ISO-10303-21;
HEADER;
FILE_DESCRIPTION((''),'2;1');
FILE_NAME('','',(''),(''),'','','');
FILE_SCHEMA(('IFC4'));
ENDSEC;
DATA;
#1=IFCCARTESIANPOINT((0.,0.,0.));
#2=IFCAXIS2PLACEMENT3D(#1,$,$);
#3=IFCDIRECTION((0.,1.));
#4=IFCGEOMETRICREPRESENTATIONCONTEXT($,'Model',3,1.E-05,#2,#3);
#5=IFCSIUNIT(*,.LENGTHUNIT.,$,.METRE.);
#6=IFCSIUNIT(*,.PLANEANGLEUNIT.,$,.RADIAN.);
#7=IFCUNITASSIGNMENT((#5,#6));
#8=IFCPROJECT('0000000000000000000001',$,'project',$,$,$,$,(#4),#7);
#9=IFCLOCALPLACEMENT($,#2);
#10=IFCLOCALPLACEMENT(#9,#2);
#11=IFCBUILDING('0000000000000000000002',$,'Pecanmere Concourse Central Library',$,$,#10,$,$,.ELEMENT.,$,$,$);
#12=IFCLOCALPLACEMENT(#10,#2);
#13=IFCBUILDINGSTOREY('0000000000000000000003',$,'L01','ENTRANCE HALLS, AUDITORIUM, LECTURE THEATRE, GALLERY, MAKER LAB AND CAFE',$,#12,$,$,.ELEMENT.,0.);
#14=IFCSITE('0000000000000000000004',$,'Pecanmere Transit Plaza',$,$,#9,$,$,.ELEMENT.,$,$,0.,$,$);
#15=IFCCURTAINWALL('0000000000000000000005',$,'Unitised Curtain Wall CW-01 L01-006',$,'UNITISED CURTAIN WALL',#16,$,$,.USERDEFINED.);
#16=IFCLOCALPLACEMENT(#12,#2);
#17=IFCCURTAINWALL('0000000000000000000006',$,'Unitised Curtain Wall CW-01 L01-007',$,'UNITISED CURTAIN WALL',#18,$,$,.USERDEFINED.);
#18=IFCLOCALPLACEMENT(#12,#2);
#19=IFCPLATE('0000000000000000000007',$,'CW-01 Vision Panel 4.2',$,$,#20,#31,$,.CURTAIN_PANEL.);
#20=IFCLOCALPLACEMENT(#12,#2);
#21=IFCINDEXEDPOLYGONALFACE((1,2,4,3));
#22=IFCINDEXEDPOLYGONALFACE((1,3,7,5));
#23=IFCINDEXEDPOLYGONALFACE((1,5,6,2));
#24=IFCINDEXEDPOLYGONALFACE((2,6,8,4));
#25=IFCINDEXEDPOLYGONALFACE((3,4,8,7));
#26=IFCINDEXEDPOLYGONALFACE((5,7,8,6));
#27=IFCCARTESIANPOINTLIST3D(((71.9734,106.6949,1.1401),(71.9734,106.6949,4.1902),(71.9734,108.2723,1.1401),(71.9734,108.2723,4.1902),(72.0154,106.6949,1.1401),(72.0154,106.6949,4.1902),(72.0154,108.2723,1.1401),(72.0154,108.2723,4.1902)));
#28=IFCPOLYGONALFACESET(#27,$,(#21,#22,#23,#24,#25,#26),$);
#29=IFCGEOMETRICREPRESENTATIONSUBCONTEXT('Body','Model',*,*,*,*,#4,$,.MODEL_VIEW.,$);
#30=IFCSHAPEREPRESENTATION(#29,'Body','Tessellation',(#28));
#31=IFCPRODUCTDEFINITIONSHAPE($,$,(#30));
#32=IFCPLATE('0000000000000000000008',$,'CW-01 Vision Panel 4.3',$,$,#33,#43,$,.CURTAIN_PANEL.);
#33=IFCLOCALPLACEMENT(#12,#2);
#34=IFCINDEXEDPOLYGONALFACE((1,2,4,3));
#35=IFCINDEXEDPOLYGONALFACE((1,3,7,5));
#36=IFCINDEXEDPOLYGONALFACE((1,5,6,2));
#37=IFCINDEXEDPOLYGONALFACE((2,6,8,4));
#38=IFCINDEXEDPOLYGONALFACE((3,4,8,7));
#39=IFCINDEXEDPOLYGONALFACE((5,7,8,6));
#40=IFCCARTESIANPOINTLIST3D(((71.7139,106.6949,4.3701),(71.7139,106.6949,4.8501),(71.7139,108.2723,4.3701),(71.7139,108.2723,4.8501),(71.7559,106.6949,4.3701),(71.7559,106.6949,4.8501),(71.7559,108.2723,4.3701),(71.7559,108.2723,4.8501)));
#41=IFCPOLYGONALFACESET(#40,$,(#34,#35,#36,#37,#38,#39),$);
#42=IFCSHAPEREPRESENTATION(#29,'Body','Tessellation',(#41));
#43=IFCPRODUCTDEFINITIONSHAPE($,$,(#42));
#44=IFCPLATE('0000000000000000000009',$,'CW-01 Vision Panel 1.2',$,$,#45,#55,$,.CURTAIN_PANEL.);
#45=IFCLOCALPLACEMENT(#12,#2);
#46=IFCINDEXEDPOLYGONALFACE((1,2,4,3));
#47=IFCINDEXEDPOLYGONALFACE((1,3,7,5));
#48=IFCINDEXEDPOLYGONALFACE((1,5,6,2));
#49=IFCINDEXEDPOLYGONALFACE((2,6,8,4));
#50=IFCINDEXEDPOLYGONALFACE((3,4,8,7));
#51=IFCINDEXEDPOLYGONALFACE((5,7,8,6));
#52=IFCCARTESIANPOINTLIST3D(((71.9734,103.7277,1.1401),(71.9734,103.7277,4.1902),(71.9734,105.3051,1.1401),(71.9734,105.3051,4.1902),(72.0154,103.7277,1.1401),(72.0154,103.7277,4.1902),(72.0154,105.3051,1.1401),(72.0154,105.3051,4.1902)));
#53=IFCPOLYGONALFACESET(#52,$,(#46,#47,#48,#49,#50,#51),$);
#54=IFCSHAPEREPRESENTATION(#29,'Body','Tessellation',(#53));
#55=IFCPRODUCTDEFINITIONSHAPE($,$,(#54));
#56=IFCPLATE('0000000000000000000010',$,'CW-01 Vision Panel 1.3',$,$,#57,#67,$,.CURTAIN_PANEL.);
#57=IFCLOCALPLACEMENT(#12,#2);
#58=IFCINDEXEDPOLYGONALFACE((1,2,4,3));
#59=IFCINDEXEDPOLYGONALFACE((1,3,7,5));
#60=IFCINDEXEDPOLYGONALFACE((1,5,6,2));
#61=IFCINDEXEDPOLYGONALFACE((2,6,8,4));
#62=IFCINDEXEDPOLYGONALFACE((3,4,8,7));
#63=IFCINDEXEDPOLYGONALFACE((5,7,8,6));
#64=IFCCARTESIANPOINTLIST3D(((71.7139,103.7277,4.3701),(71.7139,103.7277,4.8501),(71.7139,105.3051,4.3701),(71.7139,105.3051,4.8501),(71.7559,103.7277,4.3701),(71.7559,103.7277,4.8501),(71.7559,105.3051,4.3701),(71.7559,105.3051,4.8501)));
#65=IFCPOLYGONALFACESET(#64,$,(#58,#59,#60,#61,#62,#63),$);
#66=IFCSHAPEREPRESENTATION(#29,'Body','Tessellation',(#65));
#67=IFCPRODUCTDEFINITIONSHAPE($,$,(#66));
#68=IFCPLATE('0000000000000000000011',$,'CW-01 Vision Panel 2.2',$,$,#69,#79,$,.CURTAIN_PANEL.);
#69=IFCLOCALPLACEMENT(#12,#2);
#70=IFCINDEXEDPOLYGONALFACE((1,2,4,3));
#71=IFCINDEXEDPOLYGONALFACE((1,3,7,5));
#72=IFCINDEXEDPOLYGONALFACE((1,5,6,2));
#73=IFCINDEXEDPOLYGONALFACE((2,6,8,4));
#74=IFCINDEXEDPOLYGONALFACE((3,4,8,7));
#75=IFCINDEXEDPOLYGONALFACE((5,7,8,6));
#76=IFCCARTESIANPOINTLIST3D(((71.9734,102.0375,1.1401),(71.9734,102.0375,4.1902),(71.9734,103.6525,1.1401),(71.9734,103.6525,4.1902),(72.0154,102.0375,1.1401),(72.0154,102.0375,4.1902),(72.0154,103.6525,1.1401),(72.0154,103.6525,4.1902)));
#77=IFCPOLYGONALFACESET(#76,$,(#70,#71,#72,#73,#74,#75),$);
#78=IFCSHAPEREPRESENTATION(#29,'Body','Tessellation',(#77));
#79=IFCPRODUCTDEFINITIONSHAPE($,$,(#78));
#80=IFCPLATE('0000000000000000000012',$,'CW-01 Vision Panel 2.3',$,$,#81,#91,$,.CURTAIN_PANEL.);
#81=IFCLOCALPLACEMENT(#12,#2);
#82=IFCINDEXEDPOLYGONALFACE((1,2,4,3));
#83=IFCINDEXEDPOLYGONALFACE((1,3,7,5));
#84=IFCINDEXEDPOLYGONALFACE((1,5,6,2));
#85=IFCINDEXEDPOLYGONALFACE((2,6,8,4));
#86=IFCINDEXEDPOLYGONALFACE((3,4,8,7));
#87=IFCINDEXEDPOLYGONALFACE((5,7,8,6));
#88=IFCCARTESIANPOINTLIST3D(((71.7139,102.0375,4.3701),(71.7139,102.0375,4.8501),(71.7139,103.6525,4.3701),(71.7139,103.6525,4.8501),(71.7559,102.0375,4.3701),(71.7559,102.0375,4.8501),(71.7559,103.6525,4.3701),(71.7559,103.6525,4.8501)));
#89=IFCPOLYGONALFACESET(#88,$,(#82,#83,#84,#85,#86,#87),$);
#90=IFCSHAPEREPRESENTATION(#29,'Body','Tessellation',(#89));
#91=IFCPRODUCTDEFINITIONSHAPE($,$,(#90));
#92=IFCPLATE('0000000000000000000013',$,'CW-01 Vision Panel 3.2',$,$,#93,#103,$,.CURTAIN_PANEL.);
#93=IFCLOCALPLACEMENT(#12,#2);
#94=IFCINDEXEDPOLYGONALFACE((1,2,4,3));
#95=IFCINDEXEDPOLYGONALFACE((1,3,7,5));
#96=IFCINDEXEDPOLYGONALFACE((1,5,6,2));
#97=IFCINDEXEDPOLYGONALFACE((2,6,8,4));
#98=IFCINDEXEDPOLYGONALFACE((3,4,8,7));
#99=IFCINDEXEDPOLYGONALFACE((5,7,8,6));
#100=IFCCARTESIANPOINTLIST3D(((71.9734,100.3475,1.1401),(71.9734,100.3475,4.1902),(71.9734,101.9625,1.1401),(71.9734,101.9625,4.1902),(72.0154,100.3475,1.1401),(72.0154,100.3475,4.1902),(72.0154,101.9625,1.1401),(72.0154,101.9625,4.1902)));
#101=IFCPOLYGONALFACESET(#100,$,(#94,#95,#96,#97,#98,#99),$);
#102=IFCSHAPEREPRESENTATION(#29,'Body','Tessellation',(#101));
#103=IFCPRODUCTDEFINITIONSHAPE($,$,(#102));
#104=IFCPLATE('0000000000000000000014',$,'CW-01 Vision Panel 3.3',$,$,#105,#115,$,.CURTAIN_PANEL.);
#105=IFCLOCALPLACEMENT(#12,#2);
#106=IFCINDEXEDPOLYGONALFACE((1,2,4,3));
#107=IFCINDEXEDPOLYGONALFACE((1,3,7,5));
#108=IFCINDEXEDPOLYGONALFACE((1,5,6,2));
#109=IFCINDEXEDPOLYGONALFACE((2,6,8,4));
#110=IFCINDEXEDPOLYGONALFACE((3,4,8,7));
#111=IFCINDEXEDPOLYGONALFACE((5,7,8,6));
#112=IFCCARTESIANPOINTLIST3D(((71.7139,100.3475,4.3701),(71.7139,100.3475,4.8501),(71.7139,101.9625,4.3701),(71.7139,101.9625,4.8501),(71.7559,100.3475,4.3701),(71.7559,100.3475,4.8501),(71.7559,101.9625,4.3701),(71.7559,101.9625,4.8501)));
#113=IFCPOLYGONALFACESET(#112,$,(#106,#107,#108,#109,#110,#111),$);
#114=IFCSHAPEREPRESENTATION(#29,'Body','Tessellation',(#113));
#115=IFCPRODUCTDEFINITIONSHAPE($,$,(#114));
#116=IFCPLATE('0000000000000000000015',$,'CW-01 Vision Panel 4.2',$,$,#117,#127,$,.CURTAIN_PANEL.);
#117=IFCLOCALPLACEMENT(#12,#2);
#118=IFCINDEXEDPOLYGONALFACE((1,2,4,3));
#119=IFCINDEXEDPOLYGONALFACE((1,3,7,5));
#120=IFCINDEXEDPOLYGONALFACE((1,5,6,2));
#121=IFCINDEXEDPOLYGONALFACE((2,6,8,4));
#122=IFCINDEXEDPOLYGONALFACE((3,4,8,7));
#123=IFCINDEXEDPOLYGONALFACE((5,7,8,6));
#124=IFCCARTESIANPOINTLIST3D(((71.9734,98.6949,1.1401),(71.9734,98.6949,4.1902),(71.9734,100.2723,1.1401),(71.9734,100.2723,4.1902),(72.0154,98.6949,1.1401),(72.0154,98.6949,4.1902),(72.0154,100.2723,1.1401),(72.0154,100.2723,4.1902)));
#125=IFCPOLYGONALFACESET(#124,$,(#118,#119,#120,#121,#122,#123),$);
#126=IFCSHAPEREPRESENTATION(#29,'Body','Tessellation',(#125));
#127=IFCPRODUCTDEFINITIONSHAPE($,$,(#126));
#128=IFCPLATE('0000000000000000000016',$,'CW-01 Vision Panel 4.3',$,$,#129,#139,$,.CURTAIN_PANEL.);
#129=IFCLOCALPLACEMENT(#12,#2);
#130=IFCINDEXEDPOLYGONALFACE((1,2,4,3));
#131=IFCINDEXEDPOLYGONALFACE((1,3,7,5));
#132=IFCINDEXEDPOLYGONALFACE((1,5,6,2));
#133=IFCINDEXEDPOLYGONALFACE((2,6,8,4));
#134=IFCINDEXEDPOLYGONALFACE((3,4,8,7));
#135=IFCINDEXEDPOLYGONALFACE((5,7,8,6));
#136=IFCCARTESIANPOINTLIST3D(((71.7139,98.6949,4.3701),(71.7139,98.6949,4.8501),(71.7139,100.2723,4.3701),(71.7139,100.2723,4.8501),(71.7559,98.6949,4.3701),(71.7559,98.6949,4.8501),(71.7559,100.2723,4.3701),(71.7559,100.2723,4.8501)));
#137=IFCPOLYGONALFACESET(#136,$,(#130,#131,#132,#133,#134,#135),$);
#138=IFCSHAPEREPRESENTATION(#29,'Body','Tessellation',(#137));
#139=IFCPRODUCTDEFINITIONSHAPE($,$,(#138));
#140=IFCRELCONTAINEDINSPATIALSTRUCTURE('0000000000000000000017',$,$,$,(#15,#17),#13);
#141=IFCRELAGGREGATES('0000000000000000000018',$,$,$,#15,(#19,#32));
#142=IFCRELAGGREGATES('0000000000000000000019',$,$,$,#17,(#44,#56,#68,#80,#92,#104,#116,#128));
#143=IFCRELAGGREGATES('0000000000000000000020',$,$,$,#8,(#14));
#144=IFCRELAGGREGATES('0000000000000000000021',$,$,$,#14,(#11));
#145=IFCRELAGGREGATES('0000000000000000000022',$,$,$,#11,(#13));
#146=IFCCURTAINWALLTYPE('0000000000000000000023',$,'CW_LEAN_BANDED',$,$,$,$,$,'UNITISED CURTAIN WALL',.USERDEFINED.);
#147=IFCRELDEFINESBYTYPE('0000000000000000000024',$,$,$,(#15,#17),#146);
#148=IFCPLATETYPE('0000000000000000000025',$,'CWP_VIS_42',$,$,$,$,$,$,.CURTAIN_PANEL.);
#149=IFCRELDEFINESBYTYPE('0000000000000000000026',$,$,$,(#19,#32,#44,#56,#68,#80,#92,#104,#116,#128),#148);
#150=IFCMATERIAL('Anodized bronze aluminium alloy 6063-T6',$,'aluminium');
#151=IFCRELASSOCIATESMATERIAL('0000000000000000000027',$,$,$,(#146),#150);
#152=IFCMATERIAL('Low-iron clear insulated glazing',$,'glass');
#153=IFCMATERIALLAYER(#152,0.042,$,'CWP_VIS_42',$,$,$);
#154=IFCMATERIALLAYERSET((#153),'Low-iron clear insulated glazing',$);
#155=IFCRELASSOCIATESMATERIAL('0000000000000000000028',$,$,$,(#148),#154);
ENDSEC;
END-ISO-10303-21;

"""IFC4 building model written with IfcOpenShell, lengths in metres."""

from ifc_helpers import new_model, si_unit, direction, frame, origin, origin_2d, place, context, subcontext, project, spatial, rectangle, extrude, material, layer, layer_set, type_object, element, aggregate, save


model = new_model("IFC4")

# Units and contexts
model_context = context("Model", 3, precision=1e-05, world=origin(), true_north=direction((0.0, 1.0)))
body_context = subcontext(model_context, "Body", "Model", "MODEL_VIEW")
ifc_project = project(units=[si_unit("LENGTHUNIT", "METRE"), si_unit("PLANEANGLEUNIT", "RADIAN")], contexts=[model_context])

# Site, building, storey
site_placement = place(None, origin())
site = spatial("IfcSite", under=ifc_project, at=site_placement, Name="Pecanmere Transit Plaza", CompositionType="ELEMENT", RefElevation=0.0)
building_placement = place(site_placement, origin())
building = spatial("IfcBuilding", under=site, at=building_placement, Name="Pecanmere Concourse Central Library", CompositionType="ELEMENT")
storey_placement = place(building_placement, origin())
storey = spatial("IfcBuildingStorey", under=building, at=storey_placement, Name="L01", Description="ENTRANCE HALLS, AUDITORIUM, LECTURE THEATRE, GALLERY, MAKER LAB AND CAFE", CompositionType="ELEMENT", Elevation=0.0)

# Curtain walls
ifc_material_1 = material(Name="Anodized bronze aluminium alloy 6063-T6", Category="aluminium")
curtain_wall_type = type_object("IfcCurtainWallType", Name="CW_LEAN_BANDED", ElementType="UNITISED CURTAIN WALL", PredefinedType="USERDEFINED", material=ifc_material_1)
curtain_wall_1_placement = place(storey_placement, origin())
curtain_wall_1 = element("IfcCurtainWall", 1, at=curtain_wall_1_placement, inside=storey, type_object=curtain_wall_type, Name="Unitised Curtain Wall CW-01 L01-006", ObjectType="UNITISED CURTAIN WALL", PredefinedType="USERDEFINED")
curtain_wall_2_placement = place(storey_placement, origin())
curtain_wall_2 = element("IfcCurtainWall", 2, at=curtain_wall_2_placement, inside=storey, type_object=curtain_wall_type, Name="Unitised Curtain Wall CW-01 L01-007", ObjectType="UNITISED CURTAIN WALL", PredefinedType="USERDEFINED")

# Plates
ifc_material_2 = material(Name="Low-iron clear insulated glazing", Category="glass")
ifc_layer = layer(ifc_material_2, 0.042, Name="CWP_VIS_42")
ifc_layer_set = layer_set([ifc_layer], Name="Low-iron clear insulated glazing")
plate_type = type_object("IfcPlateType", Name="CWP_VIS_42", PredefinedType="CURTAIN_PANEL", material=ifc_layer_set)
plate_1_placement = place(storey_placement, frame((71.9944, 107.4836, 1.1401), z_axis=(0.0, 0.0, 1.0), x_axis=(0.0, -1.0, 0.0)))
plate_1 = element("IfcPlate", 3, at=plate_1_placement, type_object=plate_type, Name="CW-01 Vision Panel 4.2", PredefinedType="CURTAIN_PANEL", context=body_context, shape_type="SweptSolid", body=[
    extrude(rectangle(XDim=1.5774, YDim=0.042, at=origin_2d()), origin(), (0.0, 0.0, 1.0), 3.05),
])
plate_2_placement = place(storey_placement, frame((71.7349, 107.4836, 4.3701), z_axis=(0.0, 0.0, 1.0), x_axis=(0.0, -1.0, 0.0)))
plate_2 = element("IfcPlate", 4, at=plate_2_placement, type_object=plate_type, Name="CW-01 Vision Panel 4.3", PredefinedType="CURTAIN_PANEL", context=body_context, shape_type="SweptSolid", body=[
    extrude(rectangle(XDim=1.5774, YDim=0.042, at=origin_2d()), origin(), (0.0, 0.0, 1.0), 0.48),
])
aggregate(curtain_wall_1, [plate_1, plate_2])
plate_3_placement = place(storey_placement, frame((71.9944, 104.5164, 1.1401), z_axis=(0.0, 0.0, 1.0), x_axis=(0.0, -1.0, 0.0)))
plate_3 = element("IfcPlate", 5, at=plate_3_placement, type_object=plate_type, Name="CW-01 Vision Panel 1.2", PredefinedType="CURTAIN_PANEL", context=body_context, shape_type="SweptSolid", body=[
    extrude(rectangle(XDim=1.5774, YDim=0.042, at=origin_2d()), origin(), (0.0, 0.0, 1.0), 3.05),
])
plate_4_placement = place(storey_placement, frame((71.7349, 104.5164, 4.3701), z_axis=(0.0, 0.0, 1.0), x_axis=(0.0, -1.0, 0.0)))
plate_4 = element("IfcPlate", 6, at=plate_4_placement, type_object=plate_type, Name="CW-01 Vision Panel 1.3", PredefinedType="CURTAIN_PANEL", context=body_context, shape_type="SweptSolid", body=[
    extrude(rectangle(XDim=1.5774, YDim=0.042, at=origin_2d()), origin(), (0.0, 0.0, 1.0), 0.48),
])
plate_5_placement = place(storey_placement, frame((71.9944, 102.845, 1.1401), z_axis=(0.0, 0.0, 1.0), x_axis=(0.0, -1.0, 0.0)))
plate_5 = element("IfcPlate", 7, at=plate_5_placement, type_object=plate_type, Name="CW-01 Vision Panel 2.2", PredefinedType="CURTAIN_PANEL", context=body_context, shape_type="SweptSolid", body=[
    extrude(rectangle(XDim=1.615, YDim=0.042, at=origin_2d()), origin(), (0.0, 0.0, 1.0), 3.05),
])
plate_6_placement = place(storey_placement, frame((71.7349, 102.845, 4.3701), z_axis=(0.0, 0.0, 1.0), x_axis=(0.0, -1.0, 0.0)))
plate_6 = element("IfcPlate", 8, at=plate_6_placement, type_object=plate_type, Name="CW-01 Vision Panel 2.3", PredefinedType="CURTAIN_PANEL", context=body_context, shape_type="SweptSolid", body=[
    extrude(rectangle(XDim=1.615, YDim=0.042, at=origin_2d()), origin(), (0.0, 0.0, 1.0), 0.48),
])
plate_7_placement = place(storey_placement, frame((71.9944, 101.155, 1.1401), z_axis=(0.0, 0.0, 1.0), x_axis=(0.0, -1.0, 0.0)))
plate_7 = element("IfcPlate", 9, at=plate_7_placement, type_object=plate_type, Name="CW-01 Vision Panel 3.2", PredefinedType="CURTAIN_PANEL", context=body_context, shape_type="SweptSolid", body=[
    extrude(rectangle(XDim=1.615, YDim=0.042, at=origin_2d()), origin(), (0.0, 0.0, 1.0), 3.05),
])
plate_8_placement = place(storey_placement, frame((71.7349, 101.155, 4.3701), z_axis=(0.0, 0.0, 1.0), x_axis=(0.0, -1.0, 0.0)))
plate_8 = element("IfcPlate", 10, at=plate_8_placement, type_object=plate_type, Name="CW-01 Vision Panel 3.3", PredefinedType="CURTAIN_PANEL", context=body_context, shape_type="SweptSolid", body=[
    extrude(rectangle(XDim=1.615, YDim=0.042, at=origin_2d()), origin(), (0.0, 0.0, 1.0), 0.48),
])
plate_9_placement = place(storey_placement, frame((71.9944, 99.4836, 1.1401), z_axis=(0.0, 0.0, 1.0), x_axis=(0.0, -1.0, 0.0)))
plate_9 = element("IfcPlate", 11, at=plate_9_placement, type_object=plate_type, Name="CW-01 Vision Panel 4.2", PredefinedType="CURTAIN_PANEL", context=body_context, shape_type="SweptSolid", body=[
    extrude(rectangle(XDim=1.5774, YDim=0.042, at=origin_2d()), origin(), (0.0, 0.0, 1.0), 3.05),
])
plate_10_placement = place(storey_placement, frame((71.7349, 99.4836, 4.3701), z_axis=(0.0, 0.0, 1.0), x_axis=(0.0, -1.0, 0.0)))
plate_10 = element("IfcPlate", 12, at=plate_10_placement, type_object=plate_type, Name="CW-01 Vision Panel 4.3", PredefinedType="CURTAIN_PANEL", context=body_context, shape_type="SweptSolid", body=[
    extrude(rectangle(XDim=1.5774, YDim=0.042, at=origin_2d()), origin(), (0.0, 0.0, 1.0), 0.48),
])
aggregate(curtain_wall_2, [plate_3, plate_4, plate_5, plate_6, plate_7, plate_8, plate_9, plate_10])

save(model, "model.ifc")
